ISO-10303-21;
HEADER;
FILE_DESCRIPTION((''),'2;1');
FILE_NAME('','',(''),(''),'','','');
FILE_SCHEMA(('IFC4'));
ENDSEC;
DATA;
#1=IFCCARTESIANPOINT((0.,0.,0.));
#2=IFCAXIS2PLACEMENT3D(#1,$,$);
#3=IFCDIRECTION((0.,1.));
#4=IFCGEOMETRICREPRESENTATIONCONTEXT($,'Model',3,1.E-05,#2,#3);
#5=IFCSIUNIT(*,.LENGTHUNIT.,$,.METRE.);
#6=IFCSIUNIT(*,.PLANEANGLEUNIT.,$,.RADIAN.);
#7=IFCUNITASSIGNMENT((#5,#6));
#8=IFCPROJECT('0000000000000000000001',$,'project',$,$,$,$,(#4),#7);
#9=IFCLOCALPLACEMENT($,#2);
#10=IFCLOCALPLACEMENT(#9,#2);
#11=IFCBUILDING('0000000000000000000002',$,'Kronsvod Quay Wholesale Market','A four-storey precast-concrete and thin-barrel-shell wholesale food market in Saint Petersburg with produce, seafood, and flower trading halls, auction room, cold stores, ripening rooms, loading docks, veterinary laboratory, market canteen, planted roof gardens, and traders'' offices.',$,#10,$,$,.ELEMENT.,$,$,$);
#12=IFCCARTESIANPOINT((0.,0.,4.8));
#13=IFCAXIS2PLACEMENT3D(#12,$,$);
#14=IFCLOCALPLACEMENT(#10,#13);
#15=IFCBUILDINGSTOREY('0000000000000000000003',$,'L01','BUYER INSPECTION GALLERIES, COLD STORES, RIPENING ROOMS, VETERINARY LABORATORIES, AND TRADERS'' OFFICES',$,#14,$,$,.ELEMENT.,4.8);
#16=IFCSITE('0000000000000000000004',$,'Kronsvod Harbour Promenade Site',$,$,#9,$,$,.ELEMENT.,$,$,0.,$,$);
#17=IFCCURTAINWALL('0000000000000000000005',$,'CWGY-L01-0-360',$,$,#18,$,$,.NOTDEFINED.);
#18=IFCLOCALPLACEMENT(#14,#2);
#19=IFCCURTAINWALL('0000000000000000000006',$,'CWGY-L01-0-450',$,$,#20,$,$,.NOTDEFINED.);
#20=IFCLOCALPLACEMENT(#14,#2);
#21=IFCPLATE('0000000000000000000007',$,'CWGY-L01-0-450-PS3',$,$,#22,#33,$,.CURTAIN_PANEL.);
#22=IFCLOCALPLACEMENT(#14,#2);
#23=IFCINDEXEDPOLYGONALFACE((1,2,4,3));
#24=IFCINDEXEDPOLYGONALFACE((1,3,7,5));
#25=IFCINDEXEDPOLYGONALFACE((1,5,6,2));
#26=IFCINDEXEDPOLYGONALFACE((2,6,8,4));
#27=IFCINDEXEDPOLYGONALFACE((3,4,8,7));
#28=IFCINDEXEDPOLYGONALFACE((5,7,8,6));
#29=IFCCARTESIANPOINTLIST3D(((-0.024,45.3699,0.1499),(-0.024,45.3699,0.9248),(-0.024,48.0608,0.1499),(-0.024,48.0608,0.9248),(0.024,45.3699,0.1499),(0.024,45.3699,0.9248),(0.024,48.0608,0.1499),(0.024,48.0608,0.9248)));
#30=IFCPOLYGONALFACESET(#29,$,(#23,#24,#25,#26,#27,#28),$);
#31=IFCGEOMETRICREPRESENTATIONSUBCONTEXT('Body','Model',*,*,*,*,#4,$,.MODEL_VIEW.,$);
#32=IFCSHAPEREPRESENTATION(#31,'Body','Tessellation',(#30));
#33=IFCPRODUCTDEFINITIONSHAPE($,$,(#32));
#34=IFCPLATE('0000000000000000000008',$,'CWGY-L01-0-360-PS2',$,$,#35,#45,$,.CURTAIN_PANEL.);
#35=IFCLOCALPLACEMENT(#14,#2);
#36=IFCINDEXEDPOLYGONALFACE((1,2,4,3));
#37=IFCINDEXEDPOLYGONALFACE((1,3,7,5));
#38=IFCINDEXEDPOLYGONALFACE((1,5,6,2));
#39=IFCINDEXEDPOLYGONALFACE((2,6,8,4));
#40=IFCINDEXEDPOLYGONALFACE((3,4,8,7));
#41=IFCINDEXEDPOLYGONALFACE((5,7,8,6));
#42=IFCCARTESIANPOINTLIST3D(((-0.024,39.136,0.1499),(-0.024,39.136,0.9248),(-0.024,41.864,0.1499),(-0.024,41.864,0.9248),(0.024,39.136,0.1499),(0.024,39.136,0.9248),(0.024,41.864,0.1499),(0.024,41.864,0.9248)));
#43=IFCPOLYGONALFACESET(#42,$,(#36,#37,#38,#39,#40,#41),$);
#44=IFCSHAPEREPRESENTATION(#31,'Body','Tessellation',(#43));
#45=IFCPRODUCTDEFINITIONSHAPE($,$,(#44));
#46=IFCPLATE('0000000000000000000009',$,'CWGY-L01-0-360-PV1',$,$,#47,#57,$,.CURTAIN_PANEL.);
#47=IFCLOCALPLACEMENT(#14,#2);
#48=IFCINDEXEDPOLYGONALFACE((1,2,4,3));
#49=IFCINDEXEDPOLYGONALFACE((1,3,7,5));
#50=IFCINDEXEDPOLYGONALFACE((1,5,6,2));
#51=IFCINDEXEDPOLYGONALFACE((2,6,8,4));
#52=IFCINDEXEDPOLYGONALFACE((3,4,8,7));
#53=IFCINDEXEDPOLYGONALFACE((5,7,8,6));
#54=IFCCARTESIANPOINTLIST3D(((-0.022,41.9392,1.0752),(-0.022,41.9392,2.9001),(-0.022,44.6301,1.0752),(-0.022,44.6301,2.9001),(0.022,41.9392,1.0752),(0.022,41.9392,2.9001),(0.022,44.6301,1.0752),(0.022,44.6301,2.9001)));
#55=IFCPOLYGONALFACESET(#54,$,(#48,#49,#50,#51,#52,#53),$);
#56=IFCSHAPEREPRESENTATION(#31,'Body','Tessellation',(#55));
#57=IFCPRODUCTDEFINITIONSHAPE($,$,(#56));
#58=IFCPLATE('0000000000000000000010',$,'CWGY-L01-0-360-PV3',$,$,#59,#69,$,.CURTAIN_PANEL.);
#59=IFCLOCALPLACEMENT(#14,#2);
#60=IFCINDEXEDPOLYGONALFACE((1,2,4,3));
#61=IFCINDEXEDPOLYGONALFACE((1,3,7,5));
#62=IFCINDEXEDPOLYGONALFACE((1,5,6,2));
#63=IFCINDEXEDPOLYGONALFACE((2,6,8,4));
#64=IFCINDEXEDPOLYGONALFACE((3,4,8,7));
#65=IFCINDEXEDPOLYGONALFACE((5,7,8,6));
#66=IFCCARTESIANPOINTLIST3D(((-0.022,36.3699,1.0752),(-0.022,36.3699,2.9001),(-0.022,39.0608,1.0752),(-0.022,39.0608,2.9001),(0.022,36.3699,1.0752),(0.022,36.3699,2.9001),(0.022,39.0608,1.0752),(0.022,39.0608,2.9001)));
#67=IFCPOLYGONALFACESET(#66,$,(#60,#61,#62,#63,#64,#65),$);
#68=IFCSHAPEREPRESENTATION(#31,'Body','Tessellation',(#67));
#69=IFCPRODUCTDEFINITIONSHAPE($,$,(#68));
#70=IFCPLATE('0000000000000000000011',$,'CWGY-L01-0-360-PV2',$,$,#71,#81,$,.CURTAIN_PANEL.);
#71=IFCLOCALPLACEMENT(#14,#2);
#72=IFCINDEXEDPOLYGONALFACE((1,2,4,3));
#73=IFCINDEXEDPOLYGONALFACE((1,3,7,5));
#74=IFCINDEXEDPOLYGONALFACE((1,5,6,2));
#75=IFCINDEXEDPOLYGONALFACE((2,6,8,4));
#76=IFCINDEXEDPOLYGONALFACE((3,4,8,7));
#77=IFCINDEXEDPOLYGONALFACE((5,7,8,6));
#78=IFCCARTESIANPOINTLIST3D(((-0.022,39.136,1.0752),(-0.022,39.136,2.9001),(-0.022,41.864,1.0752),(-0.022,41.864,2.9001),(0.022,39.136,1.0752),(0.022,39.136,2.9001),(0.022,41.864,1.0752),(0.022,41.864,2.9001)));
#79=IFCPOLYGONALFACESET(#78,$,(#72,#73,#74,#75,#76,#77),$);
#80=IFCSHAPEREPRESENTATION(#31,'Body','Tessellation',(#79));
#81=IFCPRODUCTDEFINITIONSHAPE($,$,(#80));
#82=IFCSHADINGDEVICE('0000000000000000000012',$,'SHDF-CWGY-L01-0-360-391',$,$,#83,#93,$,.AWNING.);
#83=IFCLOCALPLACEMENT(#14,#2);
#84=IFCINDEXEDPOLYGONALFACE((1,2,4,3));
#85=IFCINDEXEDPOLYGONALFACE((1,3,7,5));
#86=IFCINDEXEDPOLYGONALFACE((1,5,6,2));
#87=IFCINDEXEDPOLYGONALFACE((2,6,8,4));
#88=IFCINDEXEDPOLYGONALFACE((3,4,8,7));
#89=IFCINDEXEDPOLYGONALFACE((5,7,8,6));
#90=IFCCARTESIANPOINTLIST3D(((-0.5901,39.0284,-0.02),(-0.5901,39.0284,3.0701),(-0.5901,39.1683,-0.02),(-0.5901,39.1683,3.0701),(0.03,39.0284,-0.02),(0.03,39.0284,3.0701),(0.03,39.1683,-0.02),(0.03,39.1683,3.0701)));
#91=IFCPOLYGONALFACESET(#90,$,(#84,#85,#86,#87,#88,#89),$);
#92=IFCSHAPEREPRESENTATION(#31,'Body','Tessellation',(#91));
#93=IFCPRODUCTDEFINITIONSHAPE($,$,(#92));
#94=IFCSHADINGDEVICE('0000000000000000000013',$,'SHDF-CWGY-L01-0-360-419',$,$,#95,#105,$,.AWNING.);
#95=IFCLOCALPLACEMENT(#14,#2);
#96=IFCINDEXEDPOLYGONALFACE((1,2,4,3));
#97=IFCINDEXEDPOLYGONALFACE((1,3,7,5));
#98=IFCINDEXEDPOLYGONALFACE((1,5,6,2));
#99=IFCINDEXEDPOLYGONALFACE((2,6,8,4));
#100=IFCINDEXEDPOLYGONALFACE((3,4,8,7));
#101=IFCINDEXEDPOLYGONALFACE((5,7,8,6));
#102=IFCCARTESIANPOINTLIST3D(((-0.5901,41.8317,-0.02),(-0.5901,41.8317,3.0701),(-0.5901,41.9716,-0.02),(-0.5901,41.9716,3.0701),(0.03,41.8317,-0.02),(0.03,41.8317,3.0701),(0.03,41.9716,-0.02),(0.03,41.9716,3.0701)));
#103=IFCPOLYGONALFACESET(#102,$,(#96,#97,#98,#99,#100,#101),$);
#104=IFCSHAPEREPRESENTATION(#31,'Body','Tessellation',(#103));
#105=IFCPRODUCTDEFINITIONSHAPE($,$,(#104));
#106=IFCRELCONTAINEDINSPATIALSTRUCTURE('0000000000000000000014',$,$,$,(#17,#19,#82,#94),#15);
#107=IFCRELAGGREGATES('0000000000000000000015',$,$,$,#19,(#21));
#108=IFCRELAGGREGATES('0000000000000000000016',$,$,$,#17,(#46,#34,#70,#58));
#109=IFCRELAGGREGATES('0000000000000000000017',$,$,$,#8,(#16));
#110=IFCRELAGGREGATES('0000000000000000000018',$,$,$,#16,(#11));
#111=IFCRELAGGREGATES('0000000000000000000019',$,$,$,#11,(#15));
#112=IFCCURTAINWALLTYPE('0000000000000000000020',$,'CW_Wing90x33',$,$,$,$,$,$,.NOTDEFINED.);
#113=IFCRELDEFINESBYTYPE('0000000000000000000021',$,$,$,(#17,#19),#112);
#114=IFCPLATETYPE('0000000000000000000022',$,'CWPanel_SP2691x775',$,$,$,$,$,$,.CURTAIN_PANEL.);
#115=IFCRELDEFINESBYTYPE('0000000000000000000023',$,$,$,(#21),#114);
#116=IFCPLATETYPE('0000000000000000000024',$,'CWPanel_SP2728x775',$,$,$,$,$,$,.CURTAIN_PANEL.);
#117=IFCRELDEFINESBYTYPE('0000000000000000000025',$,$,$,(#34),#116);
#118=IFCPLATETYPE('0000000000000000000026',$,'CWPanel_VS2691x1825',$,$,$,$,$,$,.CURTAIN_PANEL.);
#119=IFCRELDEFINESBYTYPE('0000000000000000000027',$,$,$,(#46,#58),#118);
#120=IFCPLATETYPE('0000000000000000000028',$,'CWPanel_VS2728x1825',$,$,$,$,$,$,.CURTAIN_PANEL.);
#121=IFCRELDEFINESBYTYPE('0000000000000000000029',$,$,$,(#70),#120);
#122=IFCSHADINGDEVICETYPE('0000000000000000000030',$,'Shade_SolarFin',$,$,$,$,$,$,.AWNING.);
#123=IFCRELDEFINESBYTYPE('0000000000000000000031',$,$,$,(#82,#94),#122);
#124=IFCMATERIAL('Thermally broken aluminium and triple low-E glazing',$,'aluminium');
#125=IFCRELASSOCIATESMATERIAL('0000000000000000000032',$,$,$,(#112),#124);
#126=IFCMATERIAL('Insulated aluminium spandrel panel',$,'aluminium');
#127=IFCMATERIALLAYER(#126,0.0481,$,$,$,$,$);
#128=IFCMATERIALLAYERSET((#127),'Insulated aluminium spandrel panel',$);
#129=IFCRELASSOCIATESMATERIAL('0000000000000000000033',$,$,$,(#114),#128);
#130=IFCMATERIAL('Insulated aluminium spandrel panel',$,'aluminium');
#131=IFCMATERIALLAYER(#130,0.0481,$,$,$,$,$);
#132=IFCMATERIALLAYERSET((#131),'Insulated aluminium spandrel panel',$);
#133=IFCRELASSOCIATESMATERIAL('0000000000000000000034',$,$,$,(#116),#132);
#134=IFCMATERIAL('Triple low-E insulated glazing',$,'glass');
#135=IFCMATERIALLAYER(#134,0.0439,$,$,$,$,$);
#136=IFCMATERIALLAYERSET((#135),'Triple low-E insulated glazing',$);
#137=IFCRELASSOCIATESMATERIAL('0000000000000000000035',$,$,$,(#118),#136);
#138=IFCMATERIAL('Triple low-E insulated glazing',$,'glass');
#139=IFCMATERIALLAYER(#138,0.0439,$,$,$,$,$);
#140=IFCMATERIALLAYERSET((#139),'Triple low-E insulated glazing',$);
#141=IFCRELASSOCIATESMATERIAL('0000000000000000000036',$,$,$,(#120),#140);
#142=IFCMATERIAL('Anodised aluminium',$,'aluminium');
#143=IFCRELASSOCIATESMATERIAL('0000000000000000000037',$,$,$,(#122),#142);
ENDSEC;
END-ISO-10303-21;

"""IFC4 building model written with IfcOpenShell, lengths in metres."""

from ifc_helpers import new_model, si_unit, direction, frame, origin, origin_2d, place, context, subcontext, project, spatial, rectangle, extrude, material, layer, layer_set, type_object, element, aggregate, save


model = new_model("IFC4")

# Units and contexts
model_context = context("Model", 3, precision=1e-05, world=origin(), true_north=direction((0.0, 1.0)))
body_context = subcontext(model_context, "Body", "Model", "MODEL_VIEW")
ifc_project = project(units=[si_unit("LENGTHUNIT", "METRE"), si_unit("PLANEANGLEUNIT", "RADIAN")], contexts=[model_context])

# Site, building, storey
site_placement = place(None, origin())
site = spatial("IfcSite", under=ifc_project, at=site_placement, Name="Kronsvod Harbour Promenade Site", CompositionType="ELEMENT", RefElevation=0.0)
building_placement = place(site_placement, origin())
building = spatial("IfcBuilding", under=site, at=building_placement, Name="Kronsvod Quay Wholesale Market", Description="A four-storey precast-concrete and thin-barrel-shell wholesale food market in Saint Petersburg with produce, seafood, and flower trading halls, auction room, cold stores, ripening rooms, loading docks, veterinary laboratory, market canteen, planted roof gardens, and traders' offices.", CompositionType="ELEMENT")
storey_placement = place(building_placement, frame((0.0, 0.0, 4.8)))
storey = spatial("IfcBuildingStorey", under=building, at=storey_placement, Name="L01", Description="BUYER INSPECTION GALLERIES, COLD STORES, RIPENING ROOMS, VETERINARY LABORATORIES, AND TRADERS' OFFICES", CompositionType="ELEMENT", Elevation=4.8)

# Curtain wall
ifc_material_1 = material(Name="Thermally broken aluminium and triple low-E glazing", Category="aluminium")
curtain_wall_type = type_object("IfcCurtainWallType", Name="CW_Wing90x33", PredefinedType="NOTDEFINED", material=ifc_material_1)
curtain_wall_1_placement = place(storey_placement, origin())
curtain_wall_1 = element("IfcCurtainWall", 1, at=curtain_wall_1_placement, inside=storey, type_object=curtain_wall_type, Name="CWGY-L01-0-360", PredefinedType="NOTDEFINED")

# Curtain wall
curtain_wall_2_placement = place(storey_placement, origin())
curtain_wall_2 = element("IfcCurtainWall", 2, at=curtain_wall_2_placement, inside=storey, type_object=curtain_wall_type, Name="CWGY-L01-0-450", PredefinedType="NOTDEFINED")

# Plates
ifc_material_2 = material(Name="Insulated aluminium spandrel panel", Category="aluminium")
ifc_layer_1 = layer(ifc_material_2, 0.0481)
ifc_layer_set_1 = layer_set([ifc_layer_1], Name="Insulated aluminium spandrel panel")
plate_type_1 = type_object("IfcPlateType", Name="CWPanel_SP2691x775", PredefinedType="CURTAIN_PANEL", material=ifc_layer_set_1)
plate_1_placement = place(storey_placement, frame((0.0, 46.7153, 0.1499), z_axis=(0.0, 0.0, 1.0), x_axis=(0.0, -1.0, 0.0)))
plate_1 = element("IfcPlate", 3, at=plate_1_placement, type_object=plate_type_1, Name="CWGY-L01-0-450-PS3", PredefinedType="CURTAIN_PANEL", context=body_context, shape_type="SweptSolid", body=[
    extrude(rectangle(XDim=2.6909, YDim=0.0481, at=origin_2d()), origin(), (0.0, 0.0, 1.0), 0.7749),
])
aggregate(curtain_wall_2, [plate_1])
ifc_material_3 = material(Name="Insulated aluminium spandrel panel", Category="aluminium")
ifc_layer_2 = layer(ifc_material_3, 0.0481)
ifc_layer_set_2 = layer_set([ifc_layer_2], Name="Insulated aluminium spandrel panel")
plate_type_2 = type_object("IfcPlateType", Name="CWPanel_SP2728x775", PredefinedType="CURTAIN_PANEL", material=ifc_layer_set_2)
plate_2_placement = place(storey_placement, frame((0.0, 40.5, 0.1499), z_axis=(0.0, 0.0, 1.0), x_axis=(0.0, -1.0, 0.0)))
plate_2 = element("IfcPlate", 4, at=plate_2_placement, type_object=plate_type_2, Name="CWGY-L01-0-360-PS2", PredefinedType="CURTAIN_PANEL", context=body_context, shape_type="SweptSolid", body=[
    extrude(rectangle(XDim=2.728, YDim=0.0481, at=origin_2d()), origin(), (0.0, 0.0, 1.0), 0.7749),
])
ifc_material_4 = material(Name="Triple low-E insulated glazing", Category="glass")
ifc_layer_3 = layer(ifc_material_4, 0.0439)
ifc_layer_set_3 = layer_set([ifc_layer_3], Name="Triple low-E insulated glazing")
plate_type_3 = type_object("IfcPlateType", Name="CWPanel_VS2691x1825", PredefinedType="CURTAIN_PANEL", material=ifc_layer_set_3)
plate_3_placement = place(storey_placement, frame((0.0, 43.2847, 1.0752), z_axis=(0.0, 0.0, 1.0), x_axis=(0.0, -1.0, 0.0)))
plate_3 = element("IfcPlate", 5, at=plate_3_placement, type_object=plate_type_3, Name="CWGY-L01-0-360-PV1", PredefinedType="CURTAIN_PANEL", context=body_context, shape_type="SweptSolid", body=[
    extrude(rectangle(XDim=2.6909, YDim=0.0439, at=origin_2d()), origin(), (0.0, 0.0, 1.0), 1.825),
])
plate_4_placement = place(storey_placement, frame((0.0, 37.7153, 1.0752), z_axis=(0.0, 0.0, 1.0), x_axis=(0.0, -1.0, 0.0)))
plate_4 = element("IfcPlate", 6, at=plate_4_placement, type_object=plate_type_3, Name="CWGY-L01-0-360-PV3", PredefinedType="CURTAIN_PANEL", context=body_context, shape_type="SweptSolid", body=[
    extrude(rectangle(XDim=2.6909, YDim=0.0439, at=origin_2d()), origin(), (0.0, 0.0, 1.0), 1.825),
])
ifc_material_5 = material(Name="Triple low-E insulated glazing", Category="glass")
ifc_layer_4 = layer(ifc_material_5, 0.0439)
ifc_layer_set_4 = layer_set([ifc_layer_4], Name="Triple low-E insulated glazing")
plate_type_4 = type_object("IfcPlateType", Name="CWPanel_VS2728x1825", PredefinedType="CURTAIN_PANEL", material=ifc_layer_set_4)
plate_5_placement = place(storey_placement, frame((0.0, 40.5, 1.0752), z_axis=(0.0, 0.0, 1.0), x_axis=(0.0, -1.0, 0.0)))
plate_5 = element("IfcPlate", 7, at=plate_5_placement, type_object=plate_type_4, Name="CWGY-L01-0-360-PV2", PredefinedType="CURTAIN_PANEL", context=body_context, shape_type="SweptSolid", body=[
    extrude(rectangle(XDim=2.728, YDim=0.0439, at=origin_2d()), origin(), (0.0, 0.0, 1.0), 1.825),
])
aggregate(curtain_wall_1, [plate_3, plate_2, plate_5, plate_4])

# Shading devices
ifc_material_6 = material(Name="Anodised aluminium", Category="aluminium")
shading_device_type = type_object("IfcShadingDeviceType", Name="Shade_SolarFin", PredefinedType="AWNING", material=ifc_material_6)
for number, where, z_axis, x_axis, name in (
    (8, (-0.28, 39.0984, -0.02), (0.0, 0.0, 1.0), (1.0, 0.0, 0.0), "SHDF-CWGY-L01-0-360-391"),
    (9, (-0.28, 41.9016, -0.02), (0.0, 0.0, 1.0), (1.0, 0.0, 0.0), "SHDF-CWGY-L01-0-360-419"),
):
    element("IfcShadingDevice", number, at=place(storey_placement, frame(where, z_axis=z_axis, x_axis=x_axis)), inside=storey, type_object=shading_device_type, Name=name, PredefinedType="AWNING", context=body_context, shape_type="SweptSolid", body=[
        extrude(rectangle(XDim=0.6201, YDim=0.1399, at=origin_2d()), origin(), (0.0, 0.0, 1.0), 3.0901),
    ])

save(model, "model.ifc")
